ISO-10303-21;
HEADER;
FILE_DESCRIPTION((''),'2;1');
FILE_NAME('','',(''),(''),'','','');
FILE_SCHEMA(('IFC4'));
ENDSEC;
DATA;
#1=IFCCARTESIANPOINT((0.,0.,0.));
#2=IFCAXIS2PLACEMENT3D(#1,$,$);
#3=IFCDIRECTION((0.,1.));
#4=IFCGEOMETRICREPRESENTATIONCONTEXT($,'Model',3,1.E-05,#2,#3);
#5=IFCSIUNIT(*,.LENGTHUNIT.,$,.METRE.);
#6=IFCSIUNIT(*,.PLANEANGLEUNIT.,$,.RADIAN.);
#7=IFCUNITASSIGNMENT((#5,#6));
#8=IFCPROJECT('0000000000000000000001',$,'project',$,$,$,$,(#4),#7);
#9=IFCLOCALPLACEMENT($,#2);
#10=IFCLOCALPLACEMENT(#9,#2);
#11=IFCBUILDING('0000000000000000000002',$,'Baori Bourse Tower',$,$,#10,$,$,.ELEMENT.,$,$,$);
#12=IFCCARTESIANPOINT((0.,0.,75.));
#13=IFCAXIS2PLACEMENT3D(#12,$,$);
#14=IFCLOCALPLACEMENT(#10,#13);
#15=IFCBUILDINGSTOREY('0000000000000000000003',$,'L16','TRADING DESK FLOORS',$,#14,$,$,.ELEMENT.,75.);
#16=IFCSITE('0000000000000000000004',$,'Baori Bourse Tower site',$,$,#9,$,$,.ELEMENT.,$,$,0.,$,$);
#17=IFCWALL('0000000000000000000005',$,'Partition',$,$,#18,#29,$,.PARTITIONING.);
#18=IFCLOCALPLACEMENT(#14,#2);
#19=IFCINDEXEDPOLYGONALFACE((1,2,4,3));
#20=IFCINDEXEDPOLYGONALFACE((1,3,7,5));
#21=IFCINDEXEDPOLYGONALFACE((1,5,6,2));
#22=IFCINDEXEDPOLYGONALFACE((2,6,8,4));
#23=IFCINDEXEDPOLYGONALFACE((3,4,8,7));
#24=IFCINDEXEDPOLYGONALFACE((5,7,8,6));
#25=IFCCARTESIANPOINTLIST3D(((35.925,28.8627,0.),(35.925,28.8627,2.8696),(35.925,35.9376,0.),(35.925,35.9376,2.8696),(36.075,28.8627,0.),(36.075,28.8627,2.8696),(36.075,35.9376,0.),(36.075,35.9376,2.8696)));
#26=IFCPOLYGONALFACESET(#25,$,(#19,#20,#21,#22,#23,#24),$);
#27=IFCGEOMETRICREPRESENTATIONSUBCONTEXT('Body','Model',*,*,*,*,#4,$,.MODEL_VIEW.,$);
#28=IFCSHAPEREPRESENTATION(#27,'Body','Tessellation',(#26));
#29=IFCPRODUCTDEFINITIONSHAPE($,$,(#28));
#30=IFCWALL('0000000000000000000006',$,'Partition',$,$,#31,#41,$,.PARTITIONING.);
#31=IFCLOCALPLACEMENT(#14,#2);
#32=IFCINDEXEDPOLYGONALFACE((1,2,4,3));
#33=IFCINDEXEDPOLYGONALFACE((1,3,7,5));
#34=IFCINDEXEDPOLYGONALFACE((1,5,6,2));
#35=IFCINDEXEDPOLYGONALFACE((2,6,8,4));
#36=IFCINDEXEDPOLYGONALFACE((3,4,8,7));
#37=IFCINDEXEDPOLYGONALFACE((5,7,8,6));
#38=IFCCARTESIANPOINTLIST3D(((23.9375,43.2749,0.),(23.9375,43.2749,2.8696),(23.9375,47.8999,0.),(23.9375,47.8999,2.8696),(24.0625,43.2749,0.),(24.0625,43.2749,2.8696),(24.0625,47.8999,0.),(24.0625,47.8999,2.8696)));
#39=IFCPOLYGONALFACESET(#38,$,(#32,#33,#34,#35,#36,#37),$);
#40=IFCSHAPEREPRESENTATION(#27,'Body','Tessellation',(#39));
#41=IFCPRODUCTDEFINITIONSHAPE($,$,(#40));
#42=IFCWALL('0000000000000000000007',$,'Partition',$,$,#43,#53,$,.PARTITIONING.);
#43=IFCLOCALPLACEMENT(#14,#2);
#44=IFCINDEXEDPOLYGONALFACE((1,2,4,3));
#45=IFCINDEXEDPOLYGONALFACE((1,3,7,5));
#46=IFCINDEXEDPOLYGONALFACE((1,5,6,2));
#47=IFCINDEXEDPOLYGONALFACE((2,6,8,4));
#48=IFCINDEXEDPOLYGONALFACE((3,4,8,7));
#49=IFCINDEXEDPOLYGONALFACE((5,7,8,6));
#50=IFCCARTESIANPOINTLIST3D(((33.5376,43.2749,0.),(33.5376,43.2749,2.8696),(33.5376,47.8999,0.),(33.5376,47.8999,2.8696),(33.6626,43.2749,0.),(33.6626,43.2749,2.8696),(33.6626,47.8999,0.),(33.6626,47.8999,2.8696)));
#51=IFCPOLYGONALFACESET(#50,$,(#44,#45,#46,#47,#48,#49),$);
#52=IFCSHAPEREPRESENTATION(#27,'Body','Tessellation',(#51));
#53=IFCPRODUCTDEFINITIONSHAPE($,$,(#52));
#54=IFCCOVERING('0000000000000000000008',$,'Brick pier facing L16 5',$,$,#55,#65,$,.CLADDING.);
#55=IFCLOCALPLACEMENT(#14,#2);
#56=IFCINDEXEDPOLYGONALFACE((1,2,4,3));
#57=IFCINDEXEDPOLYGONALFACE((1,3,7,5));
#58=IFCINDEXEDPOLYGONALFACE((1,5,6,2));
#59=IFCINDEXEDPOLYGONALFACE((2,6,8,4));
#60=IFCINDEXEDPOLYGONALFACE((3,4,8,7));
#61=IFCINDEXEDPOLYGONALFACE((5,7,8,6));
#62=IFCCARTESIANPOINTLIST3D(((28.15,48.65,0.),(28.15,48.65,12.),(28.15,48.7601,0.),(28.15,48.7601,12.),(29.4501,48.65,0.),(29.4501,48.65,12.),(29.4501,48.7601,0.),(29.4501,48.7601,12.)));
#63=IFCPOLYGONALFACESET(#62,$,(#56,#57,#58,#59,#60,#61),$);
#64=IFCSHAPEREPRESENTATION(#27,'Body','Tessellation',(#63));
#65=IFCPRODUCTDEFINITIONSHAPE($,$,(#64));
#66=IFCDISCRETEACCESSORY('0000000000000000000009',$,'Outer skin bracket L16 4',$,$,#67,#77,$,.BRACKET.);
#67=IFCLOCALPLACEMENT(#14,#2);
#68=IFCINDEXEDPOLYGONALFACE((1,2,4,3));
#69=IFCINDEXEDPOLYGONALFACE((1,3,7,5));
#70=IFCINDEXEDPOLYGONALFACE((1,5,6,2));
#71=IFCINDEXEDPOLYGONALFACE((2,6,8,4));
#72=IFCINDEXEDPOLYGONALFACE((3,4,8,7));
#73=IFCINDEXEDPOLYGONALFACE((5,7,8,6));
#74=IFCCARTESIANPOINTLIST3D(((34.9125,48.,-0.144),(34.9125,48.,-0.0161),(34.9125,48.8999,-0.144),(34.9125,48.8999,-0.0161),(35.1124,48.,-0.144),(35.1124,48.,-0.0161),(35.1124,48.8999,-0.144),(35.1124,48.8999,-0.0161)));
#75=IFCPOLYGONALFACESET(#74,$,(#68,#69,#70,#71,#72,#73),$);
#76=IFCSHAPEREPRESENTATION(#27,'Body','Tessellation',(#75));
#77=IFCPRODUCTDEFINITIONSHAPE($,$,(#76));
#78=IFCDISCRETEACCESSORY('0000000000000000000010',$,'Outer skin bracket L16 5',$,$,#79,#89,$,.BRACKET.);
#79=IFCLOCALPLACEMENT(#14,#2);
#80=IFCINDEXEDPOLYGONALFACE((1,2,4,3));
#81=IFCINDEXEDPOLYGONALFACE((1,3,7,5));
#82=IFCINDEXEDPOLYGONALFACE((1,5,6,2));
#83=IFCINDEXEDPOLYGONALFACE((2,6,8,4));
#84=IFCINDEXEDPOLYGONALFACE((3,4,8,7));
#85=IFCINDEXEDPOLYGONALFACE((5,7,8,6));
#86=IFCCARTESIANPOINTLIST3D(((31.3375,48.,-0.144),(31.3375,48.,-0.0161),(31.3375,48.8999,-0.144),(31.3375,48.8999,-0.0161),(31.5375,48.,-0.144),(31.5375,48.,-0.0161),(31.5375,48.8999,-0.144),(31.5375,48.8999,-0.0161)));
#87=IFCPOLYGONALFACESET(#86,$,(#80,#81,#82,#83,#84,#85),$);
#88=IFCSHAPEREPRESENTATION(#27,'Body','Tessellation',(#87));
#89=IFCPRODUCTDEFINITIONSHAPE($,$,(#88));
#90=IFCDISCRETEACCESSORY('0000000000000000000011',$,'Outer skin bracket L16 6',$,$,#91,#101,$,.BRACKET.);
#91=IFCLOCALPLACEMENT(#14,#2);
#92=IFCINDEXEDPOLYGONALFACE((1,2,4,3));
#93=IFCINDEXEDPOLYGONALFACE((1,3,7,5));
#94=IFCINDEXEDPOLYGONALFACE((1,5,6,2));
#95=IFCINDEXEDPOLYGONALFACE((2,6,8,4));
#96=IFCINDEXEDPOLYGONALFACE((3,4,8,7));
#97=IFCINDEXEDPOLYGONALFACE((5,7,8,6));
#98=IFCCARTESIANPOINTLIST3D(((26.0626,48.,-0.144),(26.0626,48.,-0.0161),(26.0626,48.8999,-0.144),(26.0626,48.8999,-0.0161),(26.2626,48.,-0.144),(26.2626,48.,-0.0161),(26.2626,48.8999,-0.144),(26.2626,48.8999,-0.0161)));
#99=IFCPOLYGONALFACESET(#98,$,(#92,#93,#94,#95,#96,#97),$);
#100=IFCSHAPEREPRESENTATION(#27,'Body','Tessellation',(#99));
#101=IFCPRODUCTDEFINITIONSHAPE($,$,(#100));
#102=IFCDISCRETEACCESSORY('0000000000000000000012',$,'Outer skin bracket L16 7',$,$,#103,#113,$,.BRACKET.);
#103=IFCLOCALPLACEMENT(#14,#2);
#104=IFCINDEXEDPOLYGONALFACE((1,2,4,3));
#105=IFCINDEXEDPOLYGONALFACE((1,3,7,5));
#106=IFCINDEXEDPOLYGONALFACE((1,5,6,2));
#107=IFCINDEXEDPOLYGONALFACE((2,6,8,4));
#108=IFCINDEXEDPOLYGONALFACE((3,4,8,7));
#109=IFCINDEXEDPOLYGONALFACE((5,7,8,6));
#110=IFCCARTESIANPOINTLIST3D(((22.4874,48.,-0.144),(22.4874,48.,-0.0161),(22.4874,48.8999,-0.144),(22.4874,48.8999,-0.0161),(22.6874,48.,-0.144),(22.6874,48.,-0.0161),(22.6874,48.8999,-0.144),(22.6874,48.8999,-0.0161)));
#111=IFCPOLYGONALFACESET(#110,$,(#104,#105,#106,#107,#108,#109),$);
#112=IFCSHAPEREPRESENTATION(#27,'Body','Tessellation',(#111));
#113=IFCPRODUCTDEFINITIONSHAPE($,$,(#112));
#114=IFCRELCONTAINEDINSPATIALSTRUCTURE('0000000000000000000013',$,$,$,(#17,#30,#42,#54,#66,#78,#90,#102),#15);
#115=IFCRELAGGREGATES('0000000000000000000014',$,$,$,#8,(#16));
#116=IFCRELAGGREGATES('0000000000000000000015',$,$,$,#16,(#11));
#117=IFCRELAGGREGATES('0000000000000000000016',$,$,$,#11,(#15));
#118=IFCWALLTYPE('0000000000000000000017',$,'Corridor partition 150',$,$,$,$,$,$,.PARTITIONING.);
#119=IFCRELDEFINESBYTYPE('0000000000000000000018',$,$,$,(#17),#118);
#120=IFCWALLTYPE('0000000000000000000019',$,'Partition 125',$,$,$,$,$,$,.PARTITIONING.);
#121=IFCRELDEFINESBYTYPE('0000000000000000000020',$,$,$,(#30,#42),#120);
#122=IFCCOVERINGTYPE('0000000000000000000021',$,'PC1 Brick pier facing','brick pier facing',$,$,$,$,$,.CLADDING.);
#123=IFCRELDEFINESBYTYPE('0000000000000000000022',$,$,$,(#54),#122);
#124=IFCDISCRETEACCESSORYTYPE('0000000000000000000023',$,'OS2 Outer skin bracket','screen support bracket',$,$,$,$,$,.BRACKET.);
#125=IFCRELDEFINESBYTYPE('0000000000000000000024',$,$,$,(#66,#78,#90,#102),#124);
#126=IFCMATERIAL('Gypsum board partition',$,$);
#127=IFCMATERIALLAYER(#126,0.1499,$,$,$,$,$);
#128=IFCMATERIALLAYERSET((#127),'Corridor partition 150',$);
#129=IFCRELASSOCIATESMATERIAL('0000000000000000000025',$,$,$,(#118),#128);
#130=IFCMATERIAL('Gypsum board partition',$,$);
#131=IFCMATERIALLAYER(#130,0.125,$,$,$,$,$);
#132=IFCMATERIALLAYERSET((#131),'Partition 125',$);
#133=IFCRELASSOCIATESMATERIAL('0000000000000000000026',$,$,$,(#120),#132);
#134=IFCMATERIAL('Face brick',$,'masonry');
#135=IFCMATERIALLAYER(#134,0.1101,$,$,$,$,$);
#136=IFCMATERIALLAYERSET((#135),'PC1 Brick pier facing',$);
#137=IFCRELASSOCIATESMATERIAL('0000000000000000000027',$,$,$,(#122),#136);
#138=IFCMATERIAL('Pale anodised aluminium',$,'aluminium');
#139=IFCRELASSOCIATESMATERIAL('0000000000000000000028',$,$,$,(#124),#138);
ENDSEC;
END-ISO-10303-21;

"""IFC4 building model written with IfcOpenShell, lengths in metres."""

from ifc_helpers import new_model, si_unit, direction, frame, frame_2d, origin, origin_2d, place, context, subcontext, project, spatial, rectangle, extrude, material, layer, layer_set, type_object, element, save


model = new_model("IFC4")

# Units and contexts
model_context = context("Model", 3, precision=1e-05, world=origin(), true_north=direction((0.0, 1.0)))
body_context = subcontext(model_context, "Body", "Model", "MODEL_VIEW")
ifc_project = project(units=[si_unit("LENGTHUNIT", "METRE"), si_unit("PLANEANGLEUNIT", "RADIAN")], contexts=[model_context])

# Site, building, storey
site_placement = place(None, origin())
site = spatial("IfcSite", under=ifc_project, at=site_placement, Name="Baori Bourse Tower site", CompositionType="ELEMENT", RefElevation=0.0)
building_placement = place(site_placement, origin())
building = spatial("IfcBuilding", under=site, at=building_placement, Name="Baori Bourse Tower", CompositionType="ELEMENT")
storey_placement = place(building_placement, frame((0.0, 0.0, 75.0)))
storey = spatial("IfcBuildingStorey", under=building, at=storey_placement, Name="L16", Description="TRADING DESK FLOORS", CompositionType="ELEMENT", Elevation=75.0)

# Shared definitions
ifc_material_1 = material(Name="Gypsum board partition")
ifc_layer_1 = layer(ifc_material_1, 0.1499)
ifc_layer_set_1 = layer_set([ifc_layer_1], Name="Corridor partition 150")
wall_type_1 = type_object("IfcWallType", Name="Corridor partition 150", PredefinedType="PARTITIONING", material=ifc_layer_set_1)

# Walls
wall_1_placement = place(storey_placement, frame((36.0, 28.8625, 0.0), z_axis=(0.0, 0.0, 1.0), x_axis=(0.0, 1.0, 0.0)))
element("IfcWall", 1, at=wall_1_placement, inside=storey, type_object=wall_type_1, Name="Partition", PredefinedType="PARTITIONING", context=body_context, shape_type="SweptSolid", body=[
    extrude(rectangle(XDim=7.075, YDim=0.1499, at=frame_2d((3.5376, 0.0))), origin(), (0.0, 0.0, 1.0), 2.8696),
])
ifc_material_2 = material(Name="Gypsum board partition")
ifc_layer_2 = layer(ifc_material_2, 0.125)
ifc_layer_set_2 = layer_set([ifc_layer_2], Name="Partition 125")
wall_type_2 = type_object("IfcWallType", Name="Partition 125", PredefinedType="PARTITIONING", material=ifc_layer_set_2)
for number, where, z_axis, x_axis, name in (
    (2, (24.0, 43.2749, 0.0), (0.0, 0.0, 1.0), (0.0, 1.0, 0.0), "Partition"),
    (3, (33.6001, 43.2749, 0.0), (0.0, 0.0, 1.0), (0.0, 1.0, 0.0), "Partition"),
):
    element("IfcWall", number, at=place(storey_placement, frame(where, z_axis=z_axis, x_axis=x_axis)), inside=storey, type_object=wall_type_2, Name=name, PredefinedType="PARTITIONING", context=body_context, shape_type="SweptSolid", body=[
        extrude(rectangle(XDim=4.625, YDim=0.125, at=frame_2d((2.3125, 0.0))), origin(), (0.0, 0.0, 1.0), 2.8696),
    ])

# Covering
ifc_material_3 = material(Name="Face brick", Category="masonry")
ifc_layer_3 = layer(ifc_material_3, 0.1101)
ifc_layer_set_3 = layer_set([ifc_layer_3], Name="PC1 Brick pier facing")
covering_type = type_object("IfcCoveringType", Name="PC1 Brick pier facing", Description="brick pier facing", PredefinedType="CLADDING", material=ifc_layer_set_3)
covering_placement = place(storey_placement, frame((28.8, 48.7051, 0.0), z_axis=(0.0, 0.0, 1.0), x_axis=(1.0, 0.0, 0.0)))
element("IfcCovering", 4, at=covering_placement, inside=storey, type_object=covering_type, Name="Brick pier facing L16 5", PredefinedType="CLADDING", context=body_context, shape_type="SweptSolid", body=[
    extrude(rectangle(XDim=1.3, YDim=0.1101, at=origin_2d()), origin(), (0.0, 0.0, 1.0), 12.0),
])

# Discrete accessories
ifc_material_4 = material(Name="Pale anodised aluminium", Category="aluminium")
discrete_accessory_type = type_object("IfcDiscreteAccessoryType", Name="OS2 Outer skin bracket", Description="screen support bracket", PredefinedType="BRACKET", material=ifc_material_4)
for number, where, z_axis, x_axis, name in (
    (5, (35.0125, 48.45, -0.144), (0.0, 0.0, 1.0), (-1.0, 0.0, 0.0), "Outer skin bracket L16 4"),
    (6, (31.4375, 48.45, -0.144), (0.0, 0.0, 1.0), (-1.0, 0.0, 0.0), "Outer skin bracket L16 5"),
    (7, (26.1626, 48.45, -0.144), (0.0, 0.0, 1.0), (-1.0, 0.0, 0.0), "Outer skin bracket L16 6"),
    (8, (22.5874, 48.45, -0.144), (0.0, 0.0, 1.0), (-1.0, 0.0, 0.0), "Outer skin bracket L16 7"),
):
    element("IfcDiscreteAccessory", number, at=place(storey_placement, frame(where, z_axis=z_axis, x_axis=x_axis)), inside=storey, type_object=discrete_accessory_type, Name=name, PredefinedType="BRACKET", context=body_context, shape_type="SweptSolid", body=[
        extrude(rectangle(XDim=0.2, YDim=0.8999, at=origin_2d()), origin(), (0.0, 0.0, 1.0), 0.1279),
    ])

save(model, "model.ifc")
